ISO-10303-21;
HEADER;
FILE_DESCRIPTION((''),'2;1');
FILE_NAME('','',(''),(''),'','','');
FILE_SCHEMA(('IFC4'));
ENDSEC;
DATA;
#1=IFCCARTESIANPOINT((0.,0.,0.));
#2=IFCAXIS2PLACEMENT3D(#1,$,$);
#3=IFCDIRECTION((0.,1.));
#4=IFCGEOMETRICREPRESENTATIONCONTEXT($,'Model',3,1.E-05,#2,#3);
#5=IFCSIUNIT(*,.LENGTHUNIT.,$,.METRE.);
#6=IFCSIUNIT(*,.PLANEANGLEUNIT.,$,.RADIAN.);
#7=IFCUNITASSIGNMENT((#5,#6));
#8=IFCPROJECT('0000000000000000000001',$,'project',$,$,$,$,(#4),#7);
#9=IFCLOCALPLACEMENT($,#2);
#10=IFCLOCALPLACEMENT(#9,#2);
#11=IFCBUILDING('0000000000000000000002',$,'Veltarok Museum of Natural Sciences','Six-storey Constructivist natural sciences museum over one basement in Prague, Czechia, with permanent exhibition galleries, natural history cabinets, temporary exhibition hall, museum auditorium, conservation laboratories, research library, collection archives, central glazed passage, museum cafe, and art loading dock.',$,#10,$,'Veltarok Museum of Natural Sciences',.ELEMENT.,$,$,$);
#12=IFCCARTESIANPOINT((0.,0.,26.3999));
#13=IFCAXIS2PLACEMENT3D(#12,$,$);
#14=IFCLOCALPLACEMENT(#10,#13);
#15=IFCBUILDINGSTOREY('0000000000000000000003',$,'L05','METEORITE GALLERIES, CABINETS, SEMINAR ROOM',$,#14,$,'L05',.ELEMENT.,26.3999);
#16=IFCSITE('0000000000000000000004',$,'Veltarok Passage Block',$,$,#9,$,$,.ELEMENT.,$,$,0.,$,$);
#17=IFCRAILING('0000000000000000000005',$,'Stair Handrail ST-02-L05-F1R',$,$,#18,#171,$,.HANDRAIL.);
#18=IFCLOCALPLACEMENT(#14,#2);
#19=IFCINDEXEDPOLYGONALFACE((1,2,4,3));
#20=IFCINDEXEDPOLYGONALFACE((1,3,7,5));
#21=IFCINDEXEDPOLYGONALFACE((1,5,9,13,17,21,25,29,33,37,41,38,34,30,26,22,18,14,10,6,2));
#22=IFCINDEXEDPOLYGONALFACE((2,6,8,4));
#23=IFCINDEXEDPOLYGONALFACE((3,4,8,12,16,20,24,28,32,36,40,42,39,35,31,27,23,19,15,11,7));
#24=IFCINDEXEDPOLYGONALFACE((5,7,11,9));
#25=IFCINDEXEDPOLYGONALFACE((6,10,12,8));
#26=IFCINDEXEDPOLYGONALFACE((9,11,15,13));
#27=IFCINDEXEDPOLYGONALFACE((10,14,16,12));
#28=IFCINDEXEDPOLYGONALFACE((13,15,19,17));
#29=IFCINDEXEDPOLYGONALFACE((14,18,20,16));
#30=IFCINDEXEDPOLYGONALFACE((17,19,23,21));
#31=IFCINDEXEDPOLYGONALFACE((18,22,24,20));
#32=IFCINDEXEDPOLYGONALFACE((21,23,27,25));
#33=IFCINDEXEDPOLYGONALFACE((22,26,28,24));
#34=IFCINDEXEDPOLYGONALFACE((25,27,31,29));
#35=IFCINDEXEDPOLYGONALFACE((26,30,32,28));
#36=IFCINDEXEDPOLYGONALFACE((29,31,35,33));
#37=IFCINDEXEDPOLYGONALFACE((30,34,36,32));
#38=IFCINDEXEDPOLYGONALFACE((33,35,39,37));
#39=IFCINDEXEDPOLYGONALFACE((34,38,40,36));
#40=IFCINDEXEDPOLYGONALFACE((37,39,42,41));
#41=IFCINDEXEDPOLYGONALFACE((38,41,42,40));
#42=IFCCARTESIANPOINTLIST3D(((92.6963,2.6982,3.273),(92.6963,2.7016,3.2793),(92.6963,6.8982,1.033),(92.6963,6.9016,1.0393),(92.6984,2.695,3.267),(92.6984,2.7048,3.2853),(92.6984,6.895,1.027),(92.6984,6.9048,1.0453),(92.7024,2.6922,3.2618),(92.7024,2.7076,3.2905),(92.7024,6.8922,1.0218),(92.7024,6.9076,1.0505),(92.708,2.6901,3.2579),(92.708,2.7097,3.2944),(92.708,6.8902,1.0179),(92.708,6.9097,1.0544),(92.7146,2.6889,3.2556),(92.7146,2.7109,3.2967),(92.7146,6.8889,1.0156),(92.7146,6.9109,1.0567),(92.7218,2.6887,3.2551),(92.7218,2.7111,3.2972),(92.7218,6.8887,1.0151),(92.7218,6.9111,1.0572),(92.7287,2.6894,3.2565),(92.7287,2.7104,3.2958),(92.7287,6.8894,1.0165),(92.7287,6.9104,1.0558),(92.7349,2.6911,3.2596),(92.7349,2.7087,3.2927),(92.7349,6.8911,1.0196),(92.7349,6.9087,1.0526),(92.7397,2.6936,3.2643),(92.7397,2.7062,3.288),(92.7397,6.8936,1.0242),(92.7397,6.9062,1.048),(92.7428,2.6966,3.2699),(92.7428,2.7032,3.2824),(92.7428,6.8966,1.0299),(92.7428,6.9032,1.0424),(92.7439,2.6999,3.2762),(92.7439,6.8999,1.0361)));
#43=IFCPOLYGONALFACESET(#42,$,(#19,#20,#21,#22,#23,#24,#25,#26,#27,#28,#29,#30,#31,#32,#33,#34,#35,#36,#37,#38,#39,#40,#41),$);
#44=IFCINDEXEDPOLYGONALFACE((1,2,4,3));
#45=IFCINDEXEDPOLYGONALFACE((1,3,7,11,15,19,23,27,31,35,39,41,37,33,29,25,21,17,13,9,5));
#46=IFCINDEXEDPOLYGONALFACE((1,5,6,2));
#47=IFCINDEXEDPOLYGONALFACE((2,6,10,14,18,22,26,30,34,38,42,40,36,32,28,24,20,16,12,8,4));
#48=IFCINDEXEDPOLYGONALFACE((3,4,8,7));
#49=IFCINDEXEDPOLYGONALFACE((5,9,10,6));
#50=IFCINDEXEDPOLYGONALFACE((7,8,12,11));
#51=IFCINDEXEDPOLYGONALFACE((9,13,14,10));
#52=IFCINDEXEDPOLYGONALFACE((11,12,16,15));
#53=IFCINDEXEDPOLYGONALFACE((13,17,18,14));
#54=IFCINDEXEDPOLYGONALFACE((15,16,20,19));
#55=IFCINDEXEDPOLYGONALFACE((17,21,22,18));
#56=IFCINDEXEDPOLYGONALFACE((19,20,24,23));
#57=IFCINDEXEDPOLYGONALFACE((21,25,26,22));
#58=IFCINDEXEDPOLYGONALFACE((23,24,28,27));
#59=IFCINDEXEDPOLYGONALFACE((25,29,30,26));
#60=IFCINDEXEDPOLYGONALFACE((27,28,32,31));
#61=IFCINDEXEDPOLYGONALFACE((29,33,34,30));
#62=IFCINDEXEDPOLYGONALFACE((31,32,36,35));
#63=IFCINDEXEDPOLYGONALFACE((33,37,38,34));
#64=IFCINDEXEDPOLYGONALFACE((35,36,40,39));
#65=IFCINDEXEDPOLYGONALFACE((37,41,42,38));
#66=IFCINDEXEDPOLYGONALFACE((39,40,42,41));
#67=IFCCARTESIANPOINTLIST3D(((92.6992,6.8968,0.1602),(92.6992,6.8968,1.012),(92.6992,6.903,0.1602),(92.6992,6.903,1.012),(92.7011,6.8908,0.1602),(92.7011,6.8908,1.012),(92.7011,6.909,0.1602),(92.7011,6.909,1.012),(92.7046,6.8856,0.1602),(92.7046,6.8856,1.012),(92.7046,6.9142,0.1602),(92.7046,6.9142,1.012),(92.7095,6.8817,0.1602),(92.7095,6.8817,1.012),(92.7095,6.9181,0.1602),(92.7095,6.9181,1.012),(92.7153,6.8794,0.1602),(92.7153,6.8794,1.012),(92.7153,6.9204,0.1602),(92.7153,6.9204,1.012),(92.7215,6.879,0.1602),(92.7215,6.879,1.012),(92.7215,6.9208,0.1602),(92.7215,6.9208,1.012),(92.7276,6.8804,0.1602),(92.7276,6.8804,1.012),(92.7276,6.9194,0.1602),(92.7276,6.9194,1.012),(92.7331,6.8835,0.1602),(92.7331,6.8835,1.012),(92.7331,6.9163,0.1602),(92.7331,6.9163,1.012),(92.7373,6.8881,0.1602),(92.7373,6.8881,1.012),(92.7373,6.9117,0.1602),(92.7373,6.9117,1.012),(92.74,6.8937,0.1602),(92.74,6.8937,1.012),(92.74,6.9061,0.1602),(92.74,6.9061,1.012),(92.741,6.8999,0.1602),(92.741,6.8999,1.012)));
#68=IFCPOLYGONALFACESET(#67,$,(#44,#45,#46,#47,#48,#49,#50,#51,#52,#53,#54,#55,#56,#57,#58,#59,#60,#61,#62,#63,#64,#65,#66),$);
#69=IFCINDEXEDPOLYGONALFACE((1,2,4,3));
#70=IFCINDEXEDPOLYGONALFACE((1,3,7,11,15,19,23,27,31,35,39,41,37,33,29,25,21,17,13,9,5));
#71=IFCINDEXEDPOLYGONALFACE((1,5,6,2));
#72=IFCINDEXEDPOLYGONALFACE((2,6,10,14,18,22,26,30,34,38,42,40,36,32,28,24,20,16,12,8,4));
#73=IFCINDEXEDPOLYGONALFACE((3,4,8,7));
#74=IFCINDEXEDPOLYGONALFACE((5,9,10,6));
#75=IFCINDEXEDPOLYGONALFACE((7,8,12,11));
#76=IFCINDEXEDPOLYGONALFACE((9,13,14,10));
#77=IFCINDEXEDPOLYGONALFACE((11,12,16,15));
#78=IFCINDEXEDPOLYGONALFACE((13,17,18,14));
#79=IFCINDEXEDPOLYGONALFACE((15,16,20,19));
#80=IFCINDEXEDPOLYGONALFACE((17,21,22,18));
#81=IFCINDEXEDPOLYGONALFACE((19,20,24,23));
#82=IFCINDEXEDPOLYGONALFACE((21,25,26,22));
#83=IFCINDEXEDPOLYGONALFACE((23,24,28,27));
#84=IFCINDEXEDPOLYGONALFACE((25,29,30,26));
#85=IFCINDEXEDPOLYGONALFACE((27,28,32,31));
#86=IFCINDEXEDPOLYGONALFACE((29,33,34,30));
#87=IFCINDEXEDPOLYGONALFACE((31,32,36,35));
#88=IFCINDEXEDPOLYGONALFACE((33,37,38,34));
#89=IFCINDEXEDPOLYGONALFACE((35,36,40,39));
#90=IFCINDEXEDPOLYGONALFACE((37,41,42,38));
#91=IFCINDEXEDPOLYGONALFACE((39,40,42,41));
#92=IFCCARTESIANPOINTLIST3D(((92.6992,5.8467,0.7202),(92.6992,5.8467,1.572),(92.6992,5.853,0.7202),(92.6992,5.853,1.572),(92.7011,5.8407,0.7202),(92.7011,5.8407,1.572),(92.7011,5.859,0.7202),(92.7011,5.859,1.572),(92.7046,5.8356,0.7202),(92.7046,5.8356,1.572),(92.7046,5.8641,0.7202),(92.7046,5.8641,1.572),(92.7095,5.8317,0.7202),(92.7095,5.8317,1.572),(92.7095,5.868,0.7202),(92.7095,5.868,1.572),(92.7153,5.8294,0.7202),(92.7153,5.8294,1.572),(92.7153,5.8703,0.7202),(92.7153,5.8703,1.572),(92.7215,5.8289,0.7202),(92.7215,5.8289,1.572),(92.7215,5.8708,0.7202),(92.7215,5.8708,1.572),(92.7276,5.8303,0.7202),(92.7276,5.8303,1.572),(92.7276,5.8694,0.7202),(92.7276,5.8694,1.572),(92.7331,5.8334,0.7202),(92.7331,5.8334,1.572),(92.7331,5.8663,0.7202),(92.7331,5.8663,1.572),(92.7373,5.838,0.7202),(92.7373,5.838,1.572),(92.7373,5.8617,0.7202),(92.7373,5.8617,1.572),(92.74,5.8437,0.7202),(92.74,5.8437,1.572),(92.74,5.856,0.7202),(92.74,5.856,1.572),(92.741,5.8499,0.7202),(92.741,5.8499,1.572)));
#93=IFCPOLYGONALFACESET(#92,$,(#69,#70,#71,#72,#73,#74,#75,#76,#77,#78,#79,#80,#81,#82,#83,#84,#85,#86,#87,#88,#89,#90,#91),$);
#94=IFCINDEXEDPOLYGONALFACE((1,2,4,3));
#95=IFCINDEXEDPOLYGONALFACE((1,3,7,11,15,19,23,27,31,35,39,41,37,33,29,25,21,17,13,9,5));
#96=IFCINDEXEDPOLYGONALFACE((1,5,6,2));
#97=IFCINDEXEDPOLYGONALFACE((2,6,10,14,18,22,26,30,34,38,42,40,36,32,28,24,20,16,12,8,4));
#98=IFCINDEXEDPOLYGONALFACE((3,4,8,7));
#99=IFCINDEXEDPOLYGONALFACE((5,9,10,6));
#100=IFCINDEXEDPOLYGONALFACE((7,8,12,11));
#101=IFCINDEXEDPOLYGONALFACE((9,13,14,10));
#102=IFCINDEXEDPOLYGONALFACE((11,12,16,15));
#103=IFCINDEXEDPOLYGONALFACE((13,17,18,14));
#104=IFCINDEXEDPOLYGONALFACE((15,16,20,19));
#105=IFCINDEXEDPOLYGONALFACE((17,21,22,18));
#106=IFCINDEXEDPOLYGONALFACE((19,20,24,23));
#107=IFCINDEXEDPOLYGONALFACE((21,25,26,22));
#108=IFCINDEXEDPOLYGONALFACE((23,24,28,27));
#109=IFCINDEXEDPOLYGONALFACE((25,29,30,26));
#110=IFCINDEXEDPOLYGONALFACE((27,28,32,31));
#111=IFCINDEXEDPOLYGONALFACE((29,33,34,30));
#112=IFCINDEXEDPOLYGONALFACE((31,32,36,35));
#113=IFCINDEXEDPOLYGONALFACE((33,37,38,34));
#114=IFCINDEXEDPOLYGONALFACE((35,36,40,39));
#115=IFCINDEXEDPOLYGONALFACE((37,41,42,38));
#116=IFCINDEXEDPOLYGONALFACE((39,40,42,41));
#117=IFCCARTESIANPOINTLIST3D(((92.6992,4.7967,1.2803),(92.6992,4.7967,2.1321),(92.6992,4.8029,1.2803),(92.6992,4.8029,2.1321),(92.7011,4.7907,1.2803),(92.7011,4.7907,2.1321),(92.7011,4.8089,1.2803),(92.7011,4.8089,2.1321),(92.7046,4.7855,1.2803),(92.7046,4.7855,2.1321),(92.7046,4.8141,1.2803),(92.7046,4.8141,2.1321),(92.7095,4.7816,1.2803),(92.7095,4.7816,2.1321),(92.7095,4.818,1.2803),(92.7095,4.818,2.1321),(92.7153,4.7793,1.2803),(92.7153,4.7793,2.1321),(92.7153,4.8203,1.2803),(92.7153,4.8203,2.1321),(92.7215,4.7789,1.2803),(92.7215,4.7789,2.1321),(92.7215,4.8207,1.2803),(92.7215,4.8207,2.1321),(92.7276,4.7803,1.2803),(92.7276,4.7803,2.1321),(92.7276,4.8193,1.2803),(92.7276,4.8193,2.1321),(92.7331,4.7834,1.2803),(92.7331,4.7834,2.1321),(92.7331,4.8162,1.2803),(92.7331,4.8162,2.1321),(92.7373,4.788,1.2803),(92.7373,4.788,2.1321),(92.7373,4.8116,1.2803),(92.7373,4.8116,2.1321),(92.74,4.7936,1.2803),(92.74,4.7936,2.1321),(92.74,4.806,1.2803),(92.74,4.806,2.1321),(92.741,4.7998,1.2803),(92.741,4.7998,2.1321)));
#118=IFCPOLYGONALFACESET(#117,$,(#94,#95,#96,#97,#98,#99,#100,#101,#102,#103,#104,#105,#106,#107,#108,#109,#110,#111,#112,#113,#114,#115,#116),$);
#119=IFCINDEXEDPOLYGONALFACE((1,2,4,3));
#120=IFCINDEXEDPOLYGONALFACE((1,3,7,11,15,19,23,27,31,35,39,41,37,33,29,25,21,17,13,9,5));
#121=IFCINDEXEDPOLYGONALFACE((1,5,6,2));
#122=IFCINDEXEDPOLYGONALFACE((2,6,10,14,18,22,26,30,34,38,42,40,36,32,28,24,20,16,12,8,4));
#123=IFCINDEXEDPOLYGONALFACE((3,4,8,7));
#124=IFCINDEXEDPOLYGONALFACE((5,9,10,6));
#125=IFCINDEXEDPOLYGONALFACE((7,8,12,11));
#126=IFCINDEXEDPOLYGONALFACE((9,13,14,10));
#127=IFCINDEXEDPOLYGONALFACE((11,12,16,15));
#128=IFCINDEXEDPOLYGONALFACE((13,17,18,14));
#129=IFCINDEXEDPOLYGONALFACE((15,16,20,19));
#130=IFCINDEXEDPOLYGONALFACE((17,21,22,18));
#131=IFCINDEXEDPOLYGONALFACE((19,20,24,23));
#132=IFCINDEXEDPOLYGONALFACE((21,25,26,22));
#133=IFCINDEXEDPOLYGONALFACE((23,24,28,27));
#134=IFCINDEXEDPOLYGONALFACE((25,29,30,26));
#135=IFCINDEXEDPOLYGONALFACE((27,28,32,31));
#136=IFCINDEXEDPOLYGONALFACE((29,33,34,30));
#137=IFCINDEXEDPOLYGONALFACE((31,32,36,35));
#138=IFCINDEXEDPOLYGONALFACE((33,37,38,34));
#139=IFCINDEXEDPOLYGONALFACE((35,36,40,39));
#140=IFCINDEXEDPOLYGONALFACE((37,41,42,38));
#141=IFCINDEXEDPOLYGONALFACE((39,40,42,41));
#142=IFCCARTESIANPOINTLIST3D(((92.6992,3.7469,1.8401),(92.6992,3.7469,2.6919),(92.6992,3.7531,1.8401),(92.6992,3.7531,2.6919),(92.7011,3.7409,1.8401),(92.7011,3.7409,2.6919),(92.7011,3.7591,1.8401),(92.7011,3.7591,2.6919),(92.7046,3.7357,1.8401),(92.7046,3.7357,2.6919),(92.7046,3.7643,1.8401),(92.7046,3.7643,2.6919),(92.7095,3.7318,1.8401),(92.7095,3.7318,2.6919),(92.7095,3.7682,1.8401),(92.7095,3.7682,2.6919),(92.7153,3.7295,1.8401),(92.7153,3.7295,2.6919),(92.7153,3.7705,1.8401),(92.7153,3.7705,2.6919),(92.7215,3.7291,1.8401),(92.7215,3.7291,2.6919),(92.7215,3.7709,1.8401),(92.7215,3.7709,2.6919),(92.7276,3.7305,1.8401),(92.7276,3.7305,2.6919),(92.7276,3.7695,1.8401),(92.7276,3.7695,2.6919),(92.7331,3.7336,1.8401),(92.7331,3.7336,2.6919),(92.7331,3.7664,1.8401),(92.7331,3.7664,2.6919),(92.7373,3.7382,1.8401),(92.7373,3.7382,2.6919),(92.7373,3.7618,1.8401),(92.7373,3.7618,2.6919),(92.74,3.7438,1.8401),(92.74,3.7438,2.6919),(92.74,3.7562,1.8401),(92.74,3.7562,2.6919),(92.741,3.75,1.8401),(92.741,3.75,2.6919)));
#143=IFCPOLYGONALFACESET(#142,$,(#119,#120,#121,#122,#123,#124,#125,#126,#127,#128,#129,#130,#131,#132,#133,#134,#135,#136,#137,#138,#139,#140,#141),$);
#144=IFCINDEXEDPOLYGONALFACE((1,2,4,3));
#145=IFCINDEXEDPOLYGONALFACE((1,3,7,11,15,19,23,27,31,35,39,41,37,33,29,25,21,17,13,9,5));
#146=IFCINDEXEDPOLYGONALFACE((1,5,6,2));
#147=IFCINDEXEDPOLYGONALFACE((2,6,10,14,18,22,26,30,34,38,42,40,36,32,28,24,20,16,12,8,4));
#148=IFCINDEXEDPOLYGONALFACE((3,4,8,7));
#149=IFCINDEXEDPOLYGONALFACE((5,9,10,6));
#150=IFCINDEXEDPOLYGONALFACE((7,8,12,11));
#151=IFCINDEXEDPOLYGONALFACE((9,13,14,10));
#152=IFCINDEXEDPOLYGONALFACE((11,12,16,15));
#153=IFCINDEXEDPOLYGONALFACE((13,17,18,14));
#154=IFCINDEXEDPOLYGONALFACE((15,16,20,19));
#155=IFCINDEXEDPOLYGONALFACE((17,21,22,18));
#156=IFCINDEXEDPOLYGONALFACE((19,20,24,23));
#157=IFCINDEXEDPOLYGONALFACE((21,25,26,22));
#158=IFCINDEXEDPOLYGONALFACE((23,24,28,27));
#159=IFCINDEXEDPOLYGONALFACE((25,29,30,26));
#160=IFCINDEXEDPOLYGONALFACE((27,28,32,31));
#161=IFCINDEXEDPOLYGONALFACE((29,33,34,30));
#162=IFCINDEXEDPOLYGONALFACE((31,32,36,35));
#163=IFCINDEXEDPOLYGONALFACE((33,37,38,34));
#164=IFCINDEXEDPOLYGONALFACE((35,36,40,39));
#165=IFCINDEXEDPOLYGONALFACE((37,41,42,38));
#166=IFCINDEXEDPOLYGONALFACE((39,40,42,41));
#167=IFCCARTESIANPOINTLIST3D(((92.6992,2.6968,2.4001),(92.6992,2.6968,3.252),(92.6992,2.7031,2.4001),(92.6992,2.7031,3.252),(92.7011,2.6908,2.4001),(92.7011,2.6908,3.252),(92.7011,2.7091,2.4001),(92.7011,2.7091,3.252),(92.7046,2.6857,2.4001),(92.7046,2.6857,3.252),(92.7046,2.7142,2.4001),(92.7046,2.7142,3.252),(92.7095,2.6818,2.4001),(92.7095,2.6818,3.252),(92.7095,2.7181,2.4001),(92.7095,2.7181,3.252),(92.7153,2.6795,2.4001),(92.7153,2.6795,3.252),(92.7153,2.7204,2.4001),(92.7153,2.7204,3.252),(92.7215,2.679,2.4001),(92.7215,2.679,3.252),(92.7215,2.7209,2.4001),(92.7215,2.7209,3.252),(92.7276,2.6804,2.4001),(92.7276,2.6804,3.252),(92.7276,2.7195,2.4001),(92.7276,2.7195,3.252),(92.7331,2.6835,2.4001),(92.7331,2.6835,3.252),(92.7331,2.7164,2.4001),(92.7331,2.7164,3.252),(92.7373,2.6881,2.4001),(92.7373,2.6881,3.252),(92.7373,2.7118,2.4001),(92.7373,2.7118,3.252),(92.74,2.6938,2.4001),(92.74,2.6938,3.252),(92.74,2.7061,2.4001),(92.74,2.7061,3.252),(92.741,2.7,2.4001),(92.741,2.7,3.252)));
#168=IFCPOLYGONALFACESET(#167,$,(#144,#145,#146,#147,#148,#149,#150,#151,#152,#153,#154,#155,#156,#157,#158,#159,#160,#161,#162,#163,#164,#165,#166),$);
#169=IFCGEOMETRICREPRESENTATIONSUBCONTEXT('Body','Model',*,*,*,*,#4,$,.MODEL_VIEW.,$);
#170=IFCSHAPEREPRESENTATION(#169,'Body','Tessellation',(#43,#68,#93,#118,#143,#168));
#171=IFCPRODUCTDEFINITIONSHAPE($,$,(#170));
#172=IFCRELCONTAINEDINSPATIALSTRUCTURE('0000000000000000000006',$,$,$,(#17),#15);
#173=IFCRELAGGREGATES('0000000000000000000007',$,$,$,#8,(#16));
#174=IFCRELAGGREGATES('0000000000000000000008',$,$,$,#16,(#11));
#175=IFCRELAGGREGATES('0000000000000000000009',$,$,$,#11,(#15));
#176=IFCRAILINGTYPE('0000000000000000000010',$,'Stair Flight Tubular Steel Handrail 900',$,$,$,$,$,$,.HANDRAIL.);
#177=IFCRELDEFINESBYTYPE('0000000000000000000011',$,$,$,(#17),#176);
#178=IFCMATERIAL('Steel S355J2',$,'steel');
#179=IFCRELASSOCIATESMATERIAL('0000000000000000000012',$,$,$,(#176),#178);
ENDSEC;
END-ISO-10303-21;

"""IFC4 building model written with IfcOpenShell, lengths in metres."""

from ifc_helpers import new_model, si_unit, direction, frame, origin, origin_2d, place, context, subcontext, project, spatial, circle, extrude, material, type_object, element, save


model = new_model("IFC4")

# Units and contexts
model_context = context("Model", 3, precision=1e-05, world=origin(), true_north=direction((0.0, 1.0)))
body_context = subcontext(model_context, "Body", "Model", "MODEL_VIEW")
ifc_project = project(units=[si_unit("LENGTHUNIT", "METRE"), si_unit("PLANEANGLEUNIT", "RADIAN")], contexts=[model_context])

# Site, building, storey
site_placement = place(None, origin())
site = spatial("IfcSite", under=ifc_project, at=site_placement, Name="Veltarok Passage Block", CompositionType="ELEMENT", RefElevation=0.0)
building_placement = place(site_placement, origin())
building = spatial("IfcBuilding", under=site, at=building_placement, Name="Veltarok Museum of Natural Sciences", Description="Six-storey Constructivist natural sciences museum over one basement in Prague, Czechia, with permanent exhibition galleries, natural history cabinets, temporary exhibition hall, museum auditorium, conservation laboratories, research library, collection archives, central glazed passage, museum cafe, and art loading dock.", LongName="Veltarok Museum of Natural Sciences", CompositionType="ELEMENT")
storey_placement = place(building_placement, frame((0.0, 0.0, 26.3999)))
storey = spatial("IfcBuildingStorey", under=building, at=storey_placement, Name="L05", Description="METEORITE GALLERIES, CABINETS, SEMINAR ROOM", LongName="L05", CompositionType="ELEMENT", Elevation=26.3999)

# Shared definitions
ifc_material_1 = material(Name="Steel S355J2", Category="steel")

# Railing
railing_type_1 = type_object("IfcRailingType", Name="Stair Flight Tubular Steel Handrail 900", PredefinedType="HANDRAIL", material=ifc_material_1)
for number, where, name in (
    (1, (92.72, 6.8999, 0.1602), "Stair Handrail ST-02-L05-F1R"),
):
    element("IfcRailing", number, at=place(storey_placement, frame(where)), inside=storey, type_object=railing_type_1, Name=name, PredefinedType="HANDRAIL", context=body_context, shape_type="SweptSolid", body=[
        extrude(circle(Radius=0.0239, at=origin_2d()), frame((0.0, 0.0, 0.876), z_axis=(0.0, -0.882352, 0.470591), x_axis=(1.0, 0.0, 0.0)), (0.0, 0.0, 1.0), 4.76),
        extrude(circle(Radius=0.021, at=origin_2d()), origin(), (0.0, 0.0, 1.0), 0.8518),
        extrude(circle(Radius=0.021, at=origin_2d()), frame((0.0, -1.05, 0.5601)), (0.0, 0.0, 1.0), 0.8518),
        extrude(circle(Radius=0.021, at=origin_2d()), frame((0.0, -2.1001, 1.1201)), (0.0, 0.0, 1.0), 0.8518),
        extrude(circle(Radius=0.021, at=origin_2d()), frame((0.0, -3.1499, 1.6799)), (0.0, 0.0, 1.0), 0.8518),
        extrude(circle(Radius=0.021, at=origin_2d()), frame((0.0, -4.2, 2.24)), (0.0, 0.0, 1.0), 0.8518),
    ])

save(model, "model.ifc")
